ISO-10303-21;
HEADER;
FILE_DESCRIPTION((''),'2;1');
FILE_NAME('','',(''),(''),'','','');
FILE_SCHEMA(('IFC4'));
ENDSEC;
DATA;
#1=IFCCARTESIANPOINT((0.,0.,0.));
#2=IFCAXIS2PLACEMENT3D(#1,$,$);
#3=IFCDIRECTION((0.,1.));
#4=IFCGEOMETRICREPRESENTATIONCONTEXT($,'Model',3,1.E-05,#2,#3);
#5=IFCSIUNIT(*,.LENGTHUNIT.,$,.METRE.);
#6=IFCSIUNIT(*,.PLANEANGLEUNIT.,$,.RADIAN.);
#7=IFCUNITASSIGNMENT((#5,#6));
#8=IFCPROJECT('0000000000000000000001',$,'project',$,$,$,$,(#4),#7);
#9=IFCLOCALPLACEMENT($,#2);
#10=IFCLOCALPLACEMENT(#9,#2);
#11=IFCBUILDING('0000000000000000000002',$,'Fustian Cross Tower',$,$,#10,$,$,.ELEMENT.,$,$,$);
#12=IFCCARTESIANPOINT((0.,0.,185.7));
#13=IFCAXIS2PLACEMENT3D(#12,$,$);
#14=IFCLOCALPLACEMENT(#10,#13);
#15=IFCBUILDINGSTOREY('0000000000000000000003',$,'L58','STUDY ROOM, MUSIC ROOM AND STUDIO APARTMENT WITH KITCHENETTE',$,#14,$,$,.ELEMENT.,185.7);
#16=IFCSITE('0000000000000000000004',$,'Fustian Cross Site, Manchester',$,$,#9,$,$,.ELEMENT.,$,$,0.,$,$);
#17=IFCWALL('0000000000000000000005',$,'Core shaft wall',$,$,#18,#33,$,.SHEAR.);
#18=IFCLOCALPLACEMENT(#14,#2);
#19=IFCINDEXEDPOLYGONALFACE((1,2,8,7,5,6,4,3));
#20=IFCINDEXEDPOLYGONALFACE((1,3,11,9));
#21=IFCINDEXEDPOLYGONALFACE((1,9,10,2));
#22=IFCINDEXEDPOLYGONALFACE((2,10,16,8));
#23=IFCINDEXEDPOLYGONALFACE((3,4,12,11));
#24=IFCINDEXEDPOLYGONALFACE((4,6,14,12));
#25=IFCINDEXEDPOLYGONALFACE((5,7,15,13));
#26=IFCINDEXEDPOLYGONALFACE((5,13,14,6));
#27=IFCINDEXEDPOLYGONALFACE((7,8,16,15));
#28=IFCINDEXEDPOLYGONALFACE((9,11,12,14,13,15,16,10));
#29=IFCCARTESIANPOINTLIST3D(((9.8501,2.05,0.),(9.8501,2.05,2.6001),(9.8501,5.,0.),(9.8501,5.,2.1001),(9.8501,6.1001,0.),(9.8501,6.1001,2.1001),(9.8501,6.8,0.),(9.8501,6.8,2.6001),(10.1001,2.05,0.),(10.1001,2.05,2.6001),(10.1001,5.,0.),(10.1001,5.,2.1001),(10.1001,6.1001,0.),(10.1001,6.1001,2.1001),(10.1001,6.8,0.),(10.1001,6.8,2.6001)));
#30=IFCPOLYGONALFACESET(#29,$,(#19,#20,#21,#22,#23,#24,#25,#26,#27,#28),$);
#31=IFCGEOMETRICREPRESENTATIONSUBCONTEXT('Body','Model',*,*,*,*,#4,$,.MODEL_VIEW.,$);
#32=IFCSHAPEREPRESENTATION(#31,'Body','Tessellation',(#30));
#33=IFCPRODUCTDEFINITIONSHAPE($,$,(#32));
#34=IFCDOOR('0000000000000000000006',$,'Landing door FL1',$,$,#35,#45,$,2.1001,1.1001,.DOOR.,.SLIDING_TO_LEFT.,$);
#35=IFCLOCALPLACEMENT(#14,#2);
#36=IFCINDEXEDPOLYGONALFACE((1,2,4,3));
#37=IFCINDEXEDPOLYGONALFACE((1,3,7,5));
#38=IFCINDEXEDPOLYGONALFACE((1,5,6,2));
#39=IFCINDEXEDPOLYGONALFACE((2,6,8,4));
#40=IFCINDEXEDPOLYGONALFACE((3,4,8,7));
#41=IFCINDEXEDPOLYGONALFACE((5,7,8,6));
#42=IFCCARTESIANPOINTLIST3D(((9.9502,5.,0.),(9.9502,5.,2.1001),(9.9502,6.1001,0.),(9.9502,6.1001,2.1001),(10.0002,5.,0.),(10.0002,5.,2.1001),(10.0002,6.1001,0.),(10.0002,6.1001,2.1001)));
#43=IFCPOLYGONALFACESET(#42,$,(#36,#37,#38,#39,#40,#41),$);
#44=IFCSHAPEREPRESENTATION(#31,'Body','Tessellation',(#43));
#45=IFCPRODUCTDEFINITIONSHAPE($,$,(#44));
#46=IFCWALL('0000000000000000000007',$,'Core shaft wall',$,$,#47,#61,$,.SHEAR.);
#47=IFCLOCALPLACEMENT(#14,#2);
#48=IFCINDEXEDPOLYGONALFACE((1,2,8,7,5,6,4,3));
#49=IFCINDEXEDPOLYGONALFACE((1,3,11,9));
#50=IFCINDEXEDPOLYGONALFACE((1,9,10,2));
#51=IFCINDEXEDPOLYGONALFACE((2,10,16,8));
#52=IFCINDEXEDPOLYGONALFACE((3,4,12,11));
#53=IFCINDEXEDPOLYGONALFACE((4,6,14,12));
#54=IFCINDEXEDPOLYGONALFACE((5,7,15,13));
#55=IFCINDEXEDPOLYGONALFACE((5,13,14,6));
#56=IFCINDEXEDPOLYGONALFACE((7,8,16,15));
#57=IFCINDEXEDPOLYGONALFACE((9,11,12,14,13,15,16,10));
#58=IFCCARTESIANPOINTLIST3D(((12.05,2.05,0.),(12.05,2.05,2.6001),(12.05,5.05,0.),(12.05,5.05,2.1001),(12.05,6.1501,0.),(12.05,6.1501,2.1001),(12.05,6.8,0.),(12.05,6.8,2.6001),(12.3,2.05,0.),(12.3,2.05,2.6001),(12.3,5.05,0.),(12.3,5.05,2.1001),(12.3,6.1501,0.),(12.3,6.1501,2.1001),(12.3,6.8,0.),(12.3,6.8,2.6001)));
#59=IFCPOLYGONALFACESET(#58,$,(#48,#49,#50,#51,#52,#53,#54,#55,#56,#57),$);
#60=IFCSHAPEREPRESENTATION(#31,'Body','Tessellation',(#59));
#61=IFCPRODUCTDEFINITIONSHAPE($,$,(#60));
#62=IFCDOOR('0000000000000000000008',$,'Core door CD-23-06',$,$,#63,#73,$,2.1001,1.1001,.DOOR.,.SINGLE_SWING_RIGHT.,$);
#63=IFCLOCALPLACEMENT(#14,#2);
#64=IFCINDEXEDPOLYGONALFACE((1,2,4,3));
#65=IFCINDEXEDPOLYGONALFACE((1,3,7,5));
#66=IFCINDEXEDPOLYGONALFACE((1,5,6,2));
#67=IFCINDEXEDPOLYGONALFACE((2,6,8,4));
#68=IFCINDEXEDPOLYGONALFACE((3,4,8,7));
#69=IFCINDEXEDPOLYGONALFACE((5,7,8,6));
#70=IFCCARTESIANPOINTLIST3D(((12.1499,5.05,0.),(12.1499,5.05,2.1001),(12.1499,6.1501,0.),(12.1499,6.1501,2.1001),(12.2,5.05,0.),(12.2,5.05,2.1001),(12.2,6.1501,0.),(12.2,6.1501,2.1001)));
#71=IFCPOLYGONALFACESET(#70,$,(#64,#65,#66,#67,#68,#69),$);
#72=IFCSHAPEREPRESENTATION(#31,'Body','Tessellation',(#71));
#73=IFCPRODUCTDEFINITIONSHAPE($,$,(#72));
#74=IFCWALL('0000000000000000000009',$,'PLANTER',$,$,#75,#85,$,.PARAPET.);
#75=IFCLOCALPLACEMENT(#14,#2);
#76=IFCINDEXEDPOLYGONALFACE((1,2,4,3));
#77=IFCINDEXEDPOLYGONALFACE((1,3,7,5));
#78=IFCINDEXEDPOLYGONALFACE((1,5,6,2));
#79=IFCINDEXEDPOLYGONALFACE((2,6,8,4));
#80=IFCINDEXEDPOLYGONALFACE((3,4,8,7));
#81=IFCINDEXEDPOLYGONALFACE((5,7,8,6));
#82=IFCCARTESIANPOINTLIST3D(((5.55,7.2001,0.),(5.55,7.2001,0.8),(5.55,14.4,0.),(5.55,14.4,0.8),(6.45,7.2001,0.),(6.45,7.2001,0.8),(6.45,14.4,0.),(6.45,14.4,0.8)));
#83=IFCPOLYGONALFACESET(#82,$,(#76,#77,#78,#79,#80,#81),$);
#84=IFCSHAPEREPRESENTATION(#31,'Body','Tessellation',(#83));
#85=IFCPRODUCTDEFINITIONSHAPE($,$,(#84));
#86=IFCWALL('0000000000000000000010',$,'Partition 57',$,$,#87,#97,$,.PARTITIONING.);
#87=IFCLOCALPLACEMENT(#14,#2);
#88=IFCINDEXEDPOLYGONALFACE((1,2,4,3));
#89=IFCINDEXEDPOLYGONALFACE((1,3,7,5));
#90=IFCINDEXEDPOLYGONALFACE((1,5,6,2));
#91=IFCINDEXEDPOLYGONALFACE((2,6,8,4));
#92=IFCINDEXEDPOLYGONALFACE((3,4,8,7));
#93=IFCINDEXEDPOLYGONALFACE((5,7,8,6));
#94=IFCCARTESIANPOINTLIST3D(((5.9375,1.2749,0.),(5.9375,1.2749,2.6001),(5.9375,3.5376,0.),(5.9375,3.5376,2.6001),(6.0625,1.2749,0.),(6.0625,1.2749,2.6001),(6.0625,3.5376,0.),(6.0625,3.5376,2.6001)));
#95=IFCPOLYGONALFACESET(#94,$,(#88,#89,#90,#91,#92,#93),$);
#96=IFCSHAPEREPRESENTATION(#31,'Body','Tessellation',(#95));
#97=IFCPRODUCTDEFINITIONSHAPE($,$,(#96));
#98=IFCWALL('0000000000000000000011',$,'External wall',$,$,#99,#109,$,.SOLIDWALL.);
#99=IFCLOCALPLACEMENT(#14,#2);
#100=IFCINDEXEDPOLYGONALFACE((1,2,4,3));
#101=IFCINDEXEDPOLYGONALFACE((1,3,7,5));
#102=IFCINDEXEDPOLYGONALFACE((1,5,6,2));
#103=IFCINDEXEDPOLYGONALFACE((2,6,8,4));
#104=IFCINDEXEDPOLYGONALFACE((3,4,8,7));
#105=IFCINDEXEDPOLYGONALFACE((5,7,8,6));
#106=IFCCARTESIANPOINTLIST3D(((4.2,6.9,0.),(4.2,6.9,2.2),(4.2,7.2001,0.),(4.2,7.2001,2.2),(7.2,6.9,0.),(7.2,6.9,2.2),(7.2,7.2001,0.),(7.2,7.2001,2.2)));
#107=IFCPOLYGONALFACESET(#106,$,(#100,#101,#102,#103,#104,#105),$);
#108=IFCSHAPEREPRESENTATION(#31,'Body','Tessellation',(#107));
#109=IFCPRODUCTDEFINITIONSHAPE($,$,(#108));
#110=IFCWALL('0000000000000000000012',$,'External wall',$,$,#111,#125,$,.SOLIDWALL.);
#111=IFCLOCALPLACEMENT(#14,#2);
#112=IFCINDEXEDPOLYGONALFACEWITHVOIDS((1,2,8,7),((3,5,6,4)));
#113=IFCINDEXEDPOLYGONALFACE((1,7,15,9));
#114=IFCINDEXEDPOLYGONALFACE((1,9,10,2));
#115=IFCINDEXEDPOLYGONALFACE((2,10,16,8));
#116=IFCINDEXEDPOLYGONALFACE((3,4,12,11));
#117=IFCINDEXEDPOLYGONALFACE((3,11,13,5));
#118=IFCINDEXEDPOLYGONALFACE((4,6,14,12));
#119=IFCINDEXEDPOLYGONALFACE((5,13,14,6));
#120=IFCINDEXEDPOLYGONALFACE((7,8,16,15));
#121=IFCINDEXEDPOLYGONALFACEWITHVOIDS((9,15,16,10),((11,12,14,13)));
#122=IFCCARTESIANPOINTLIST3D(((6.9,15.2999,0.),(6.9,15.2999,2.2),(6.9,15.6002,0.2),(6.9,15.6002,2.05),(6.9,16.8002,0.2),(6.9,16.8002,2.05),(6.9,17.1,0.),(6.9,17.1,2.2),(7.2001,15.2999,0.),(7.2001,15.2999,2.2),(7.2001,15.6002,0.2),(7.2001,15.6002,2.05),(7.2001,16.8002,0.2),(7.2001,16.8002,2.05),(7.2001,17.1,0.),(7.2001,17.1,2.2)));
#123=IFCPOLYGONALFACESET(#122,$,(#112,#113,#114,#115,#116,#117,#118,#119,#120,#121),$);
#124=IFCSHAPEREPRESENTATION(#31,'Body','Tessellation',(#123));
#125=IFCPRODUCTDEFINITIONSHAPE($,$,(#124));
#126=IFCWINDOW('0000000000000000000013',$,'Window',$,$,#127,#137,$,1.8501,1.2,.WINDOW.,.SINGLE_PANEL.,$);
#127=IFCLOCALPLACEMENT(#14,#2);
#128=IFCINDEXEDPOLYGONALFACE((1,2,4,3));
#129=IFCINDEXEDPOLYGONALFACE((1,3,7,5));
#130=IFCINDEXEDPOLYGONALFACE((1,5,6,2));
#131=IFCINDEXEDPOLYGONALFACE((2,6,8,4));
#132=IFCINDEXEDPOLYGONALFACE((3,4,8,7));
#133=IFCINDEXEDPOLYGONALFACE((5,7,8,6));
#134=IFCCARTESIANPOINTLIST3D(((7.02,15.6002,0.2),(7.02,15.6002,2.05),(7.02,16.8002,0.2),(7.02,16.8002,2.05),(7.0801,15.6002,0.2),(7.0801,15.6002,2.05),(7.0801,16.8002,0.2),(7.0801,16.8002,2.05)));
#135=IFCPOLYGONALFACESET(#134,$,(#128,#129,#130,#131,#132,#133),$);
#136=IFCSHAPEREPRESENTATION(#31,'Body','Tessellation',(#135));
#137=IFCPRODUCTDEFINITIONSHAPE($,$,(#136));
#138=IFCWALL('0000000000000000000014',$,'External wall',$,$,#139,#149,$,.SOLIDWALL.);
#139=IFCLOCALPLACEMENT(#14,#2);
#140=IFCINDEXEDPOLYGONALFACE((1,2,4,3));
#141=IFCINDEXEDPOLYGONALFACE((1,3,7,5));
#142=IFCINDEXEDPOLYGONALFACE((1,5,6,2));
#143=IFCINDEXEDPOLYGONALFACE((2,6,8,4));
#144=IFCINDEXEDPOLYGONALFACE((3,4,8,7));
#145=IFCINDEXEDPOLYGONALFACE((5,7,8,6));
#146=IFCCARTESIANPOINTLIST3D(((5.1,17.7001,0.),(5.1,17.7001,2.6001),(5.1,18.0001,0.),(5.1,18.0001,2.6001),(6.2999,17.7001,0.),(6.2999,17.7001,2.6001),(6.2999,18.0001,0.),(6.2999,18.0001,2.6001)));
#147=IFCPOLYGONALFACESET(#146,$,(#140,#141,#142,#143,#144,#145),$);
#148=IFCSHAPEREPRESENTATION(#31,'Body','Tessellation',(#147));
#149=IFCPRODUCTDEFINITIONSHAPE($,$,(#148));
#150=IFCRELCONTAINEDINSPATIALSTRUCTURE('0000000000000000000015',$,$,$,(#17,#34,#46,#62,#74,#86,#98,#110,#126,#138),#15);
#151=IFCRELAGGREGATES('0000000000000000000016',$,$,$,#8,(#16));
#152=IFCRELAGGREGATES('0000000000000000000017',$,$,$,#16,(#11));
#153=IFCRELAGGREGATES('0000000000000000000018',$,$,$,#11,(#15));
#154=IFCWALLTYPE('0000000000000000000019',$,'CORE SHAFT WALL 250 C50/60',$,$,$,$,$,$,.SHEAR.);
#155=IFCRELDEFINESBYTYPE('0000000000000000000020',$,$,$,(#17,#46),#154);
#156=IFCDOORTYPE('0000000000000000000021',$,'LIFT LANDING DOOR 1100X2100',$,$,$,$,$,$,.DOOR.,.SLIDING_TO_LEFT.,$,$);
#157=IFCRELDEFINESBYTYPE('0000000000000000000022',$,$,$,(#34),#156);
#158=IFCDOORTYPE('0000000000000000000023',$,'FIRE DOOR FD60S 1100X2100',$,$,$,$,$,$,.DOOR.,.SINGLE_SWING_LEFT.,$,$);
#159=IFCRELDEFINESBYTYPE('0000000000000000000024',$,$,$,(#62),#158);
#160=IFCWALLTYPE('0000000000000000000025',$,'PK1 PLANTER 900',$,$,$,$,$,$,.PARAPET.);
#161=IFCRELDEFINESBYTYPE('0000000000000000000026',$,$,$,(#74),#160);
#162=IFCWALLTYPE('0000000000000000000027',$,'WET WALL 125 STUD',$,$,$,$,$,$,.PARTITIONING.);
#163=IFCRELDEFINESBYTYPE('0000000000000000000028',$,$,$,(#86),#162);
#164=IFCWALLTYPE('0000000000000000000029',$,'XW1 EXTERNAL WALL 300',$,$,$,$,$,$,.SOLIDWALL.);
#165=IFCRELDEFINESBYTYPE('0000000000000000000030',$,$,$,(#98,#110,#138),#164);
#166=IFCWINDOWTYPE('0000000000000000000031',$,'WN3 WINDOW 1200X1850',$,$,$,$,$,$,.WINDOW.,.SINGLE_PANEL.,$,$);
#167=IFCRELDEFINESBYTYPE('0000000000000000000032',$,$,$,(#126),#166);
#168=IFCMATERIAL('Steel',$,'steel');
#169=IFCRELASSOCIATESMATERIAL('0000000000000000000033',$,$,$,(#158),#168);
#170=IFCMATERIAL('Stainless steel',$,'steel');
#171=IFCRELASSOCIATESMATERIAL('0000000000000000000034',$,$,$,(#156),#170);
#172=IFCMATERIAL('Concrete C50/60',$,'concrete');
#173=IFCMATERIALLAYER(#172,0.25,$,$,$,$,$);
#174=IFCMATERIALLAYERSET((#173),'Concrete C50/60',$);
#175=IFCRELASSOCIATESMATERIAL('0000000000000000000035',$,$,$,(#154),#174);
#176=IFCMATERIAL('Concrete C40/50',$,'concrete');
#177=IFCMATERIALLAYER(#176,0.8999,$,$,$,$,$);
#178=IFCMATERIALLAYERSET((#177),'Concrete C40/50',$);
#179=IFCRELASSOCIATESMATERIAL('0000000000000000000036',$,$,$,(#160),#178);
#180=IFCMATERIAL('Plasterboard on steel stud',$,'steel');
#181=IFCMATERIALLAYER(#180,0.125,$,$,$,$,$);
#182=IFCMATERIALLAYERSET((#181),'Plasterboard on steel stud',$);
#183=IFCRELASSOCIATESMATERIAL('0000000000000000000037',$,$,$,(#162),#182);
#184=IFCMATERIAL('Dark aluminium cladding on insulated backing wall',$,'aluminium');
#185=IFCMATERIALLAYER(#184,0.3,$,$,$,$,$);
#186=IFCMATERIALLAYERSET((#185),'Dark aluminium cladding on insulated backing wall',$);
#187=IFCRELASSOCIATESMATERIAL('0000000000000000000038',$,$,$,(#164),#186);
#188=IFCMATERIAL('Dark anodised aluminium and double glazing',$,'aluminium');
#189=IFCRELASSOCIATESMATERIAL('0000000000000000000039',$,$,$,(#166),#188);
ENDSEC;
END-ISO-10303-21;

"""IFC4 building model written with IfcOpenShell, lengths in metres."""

from ifc_helpers import new_model, si_unit, direction, frame, frame_2d, origin, place, context, subcontext, project, spatial, rectangle, extrude, material, layer, layer_set, type_object, element, fill, save


model = new_model("IFC4")

# Units and contexts
model_context = context("Model", 3, precision=1e-05, world=origin(), true_north=direction((0.0, 1.0)))
body_context = subcontext(model_context, "Body", "Model", "MODEL_VIEW")
ifc_project = project(units=[si_unit("LENGTHUNIT", "METRE"), si_unit("PLANEANGLEUNIT", "RADIAN")], contexts=[model_context])

# Site, building, storey
site_placement = place(None, origin())
site = spatial("IfcSite", under=ifc_project, at=site_placement, Name="Fustian Cross Site, Manchester", CompositionType="ELEMENT", RefElevation=0.0)
building_placement = place(site_placement, origin())
building = spatial("IfcBuilding", under=site, at=building_placement, Name="Fustian Cross Tower", CompositionType="ELEMENT")
storey_placement = place(building_placement, frame((0.0, 0.0, 185.7)))
storey = spatial("IfcBuildingStorey", under=building, at=storey_placement, Name="L58", Description="STUDY ROOM, MUSIC ROOM AND STUDIO APARTMENT WITH KITCHENETTE", CompositionType="ELEMENT", Elevation=185.7)

# Shared definitions
ifc_material_1 = material(Name="Steel", Category="steel")
door_type_1 = type_object("IfcDoorType", Name="FIRE DOOR FD60S 1100X2100", OperationType="SINGLE_SWING_LEFT", PredefinedType="DOOR", material=ifc_material_1)
ifc_material_2 = material(Name="Stainless steel", Category="steel")
door_type_2 = type_object("IfcDoorType", Name="LIFT LANDING DOOR 1100X2100", OperationType="SLIDING_TO_LEFT", PredefinedType="DOOR", material=ifc_material_2)

# Shared definitions
ifc_material_3 = material(Name="Concrete C50/60", Category="concrete")
ifc_layer_1 = layer(ifc_material_3, 0.25)
ifc_layer_set_1 = layer_set([ifc_layer_1], Name="Concrete C50/60")
wall_type_1 = type_object("IfcWallType", Name="CORE SHAFT WALL 250 C50/60", PredefinedType="SHEAR", material=ifc_layer_set_1)

# Walls, openings, doors
wall_1_placement = place(storey_placement, frame((9.9751, 2.05, 0.0), z_axis=(0.0, 0.0, 1.0), x_axis=(0.0, 1.0, 0.0)))
wall_1 = element("IfcWall", 1, at=wall_1_placement, inside=storey, type_object=wall_type_1, Name="Core shaft wall", PredefinedType="SHEAR", context=body_context, shape_type="SweptSolid", body=[
    extrude(rectangle(XDim=4.75, YDim=0.25, at=frame_2d((2.375, 0.0))), origin(), (0.0, 0.0, 1.0), 2.6001),
])
opening_1_placement = place(wall_1_placement, frame((2.95, 0.0, 0.0)))
opening_1 = element("IfcOpeningElement", 2, at=opening_1_placement, cuts=wall_1, PredefinedType="OPENING", context=body_context, shape_type="SweptSolid", body=[
    extrude(rectangle(XDim=1.1001, YDim=2.1001, at=frame_2d((0.55, 1.05))), frame((0.0, 0.135, 0.0), z_axis=(0.0, -1.0, 0.0), x_axis=(1.0, 0.0, 0.0)), (0.0, 0.0, 1.0), 0.27),
])
door_1_placement = place(opening_1_placement, origin())
door_1 = element("IfcDoor", 3, at=door_1_placement, inside=storey, type_object=door_type_2, Name="Landing door FL1", OperationType="SLIDING_TO_LEFT", OverallHeight=2.1001, OverallWidth=1.1001, PredefinedType="DOOR", context=body_context, shape_type="SweptSolid", body=[
    extrude(rectangle(XDim=1.1001, YDim=2.1001, at=frame_2d((0.55, 1.05))), frame((0.0, 0.0249, 0.0), z_axis=(0.0, -1.0, 0.0), x_axis=(1.0, 0.0, 0.0)), (0.0, 0.0, 1.0), 0.05),
])
fill(opening_1, door_1)
wall_2_placement = place(storey_placement, frame((12.175, 2.05, 0.0), z_axis=(0.0, 0.0, 1.0), x_axis=(0.0, 1.0, 0.0)))
wall_2 = element("IfcWall", 4, at=wall_2_placement, inside=storey, type_object=wall_type_1, Name="Core shaft wall", PredefinedType="SHEAR", context=body_context, shape_type="SweptSolid", body=[
    extrude(rectangle(XDim=4.75, YDim=0.25, at=frame_2d((2.375, 0.0))), origin(), (0.0, 0.0, 1.0), 2.6001),
])
opening_2_placement = place(wall_2_placement, frame((3.0, 0.0, 0.0)))
opening_2 = element("IfcOpeningElement", 5, at=opening_2_placement, cuts=wall_2, PredefinedType="OPENING", context=body_context, shape_type="SweptSolid", body=[
    extrude(rectangle(XDim=1.1001, YDim=2.1001, at=frame_2d((0.55, 1.05))), frame((0.0, 0.135, 0.0), z_axis=(0.0, -1.0, 0.0), x_axis=(1.0, 0.0, 0.0)), (0.0, 0.0, 1.0), 0.27),
])
door_2_placement = place(opening_2_placement, frame((1.1001, 0.0, 0.0), z_axis=(0.0, 0.0, 1.0), x_axis=(-1.0, 0.0, 0.0)))
door_2 = element("IfcDoor", 6, at=door_2_placement, inside=storey, type_object=door_type_1, Name="Core door CD-23-06", OperationType="SINGLE_SWING_RIGHT", OverallHeight=2.1001, OverallWidth=1.1001, PredefinedType="DOOR", context=body_context, shape_type="SweptSolid", body=[
    extrude(rectangle(XDim=1.1001, YDim=2.1001, at=frame_2d((0.55, 1.05))), frame((0.0, 0.0249, 0.0), z_axis=(0.0, -1.0, 0.0), x_axis=(1.0, 0.0, 0.0)), (0.0, 0.0, 1.0), 0.05),
])
fill(opening_2, door_2)

# Walls
ifc_material_4 = material(Name="Concrete C40/50", Category="concrete")
ifc_layer_2 = layer(ifc_material_4, 0.8999)
ifc_layer_set_2 = layer_set([ifc_layer_2], Name="Concrete C40/50")
wall_type_2 = type_object("IfcWallType", Name="PK1 PLANTER 900", PredefinedType="PARAPET", material=ifc_layer_set_2)
wall_3_placement = place(storey_placement, frame((6.0, 7.2, 0.0), z_axis=(0.0, 0.0, 1.0), x_axis=(0.0, 1.0, 0.0)))
element("IfcWall", 7, at=wall_3_placement, inside=storey, type_object=wall_type_2, Name="PLANTER", PredefinedType="PARAPET", context=body_context, shape_type="SweptSolid", body=[
    extrude(rectangle(XDim=7.2, YDim=0.8999, at=frame_2d((3.6001, 0.0))), origin(), (0.0, 0.0, 1.0), 0.8),
])
ifc_material_5 = material(Name="Plasterboard on steel stud", Category="steel")
ifc_layer_3 = layer(ifc_material_5, 0.125)
ifc_layer_set_3 = layer_set([ifc_layer_3], Name="Plasterboard on steel stud")
wall_type_3 = type_object("IfcWallType", Name="WET WALL 125 STUD", PredefinedType="PARTITIONING", material=ifc_layer_set_3)
wall_4_placement = place(storey_placement, frame((6.0, 1.2749, 0.0), z_axis=(0.0, 0.0, 1.0), x_axis=(0.0, 1.0, 0.0)))
element("IfcWall", 8, at=wall_4_placement, inside=storey, type_object=wall_type_3, Name="Partition 57", PredefinedType="PARTITIONING", context=body_context, shape_type="SweptSolid", body=[
    extrude(rectangle(XDim=2.2627, YDim=0.125, at=frame_2d((1.1313, 0.0))), origin(), (0.0, 0.0, 1.0), 2.6001),
])
ifc_material_6 = material(Name="Dark aluminium cladding on insulated backing wall", Category="aluminium")
ifc_layer_4 = layer(ifc_material_6, 0.3)
ifc_layer_set_4 = layer_set([ifc_layer_4], Name="Dark aluminium cladding on insulated backing wall")
wall_type_4 = type_object("IfcWallType", Name="XW1 EXTERNAL WALL 300", PredefinedType="SOLIDWALL", material=ifc_layer_set_4)
wall_5_placement = place(storey_placement, frame((7.2, 7.05, 0.0), z_axis=(0.0, 0.0, 1.0), x_axis=(-1.0, 0.0, 0.0)))
element("IfcWall", 9, at=wall_5_placement, inside=storey, type_object=wall_type_4, Name="External wall", PredefinedType="SOLIDWALL", context=body_context, shape_type="SweptSolid", body=[
    extrude(rectangle(XDim=3.0, YDim=0.3, at=frame_2d((1.5, 0.0))), origin(), (0.0, 0.0, 1.0), 2.2),
])

# Wall, opening, window
wall_6_placement = place(storey_placement, frame((7.05, 15.3, 0.0), z_axis=(0.0, 0.0, 1.0), x_axis=(0.0, 1.0, 0.0)))
wall_6 = element("IfcWall", 10, at=wall_6_placement, inside=storey, type_object=wall_type_4, Name="External wall", PredefinedType="SOLIDWALL", context=body_context, shape_type="SweptSolid", body=[
    extrude(rectangle(XDim=1.8, YDim=0.3, at=frame_2d((0.8999, 0.0))), origin(), (0.0, 0.0, 1.0), 2.2),
])
opening_3_placement = place(wall_6_placement, frame((0.3, 0.0, 0.2)))
opening_3 = element("IfcOpeningElement", 11, at=opening_3_placement, cuts=wall_6, PredefinedType="OPENING", context=body_context, shape_type="SweptSolid", body=[
    extrude(rectangle(XDim=1.2, YDim=1.8501, at=frame_2d((0.6001, 0.925))), frame((0.0, 0.1599, 0.0), z_axis=(0.0, -1.0, 0.0), x_axis=(1.0, 0.0, 0.0)), (0.0, 0.0, 1.0), 0.3201),
])
ifc_material_7 = material(Name="Dark anodised aluminium and double glazing", Category="aluminium")
window_type = type_object("IfcWindowType", Name="WN3 WINDOW 1200X1850", PartitioningType="SINGLE_PANEL", PredefinedType="WINDOW", material=ifc_material_7)
window_placement = place(opening_3_placement, origin())
window = element("IfcWindow", 12, at=window_placement, inside=storey, type_object=window_type, Name="Window", OverallHeight=1.8501, OverallWidth=1.2, PartitioningType="SINGLE_PANEL", PredefinedType="WINDOW", context=body_context, shape_type="SweptSolid", body=[
    extrude(rectangle(XDim=1.2, YDim=1.8501, at=frame_2d((0.6001, 0.925))), frame((0.0, 0.03, 0.0), z_axis=(0.0, -1.0, 0.0), x_axis=(1.0, 0.0, 0.0)), (0.0, 0.0, 1.0), 0.0601),
])
fill(opening_3, window)

# Wall
wall_7_placement = place(storey_placement, frame((6.3, 17.8501, 0.0), z_axis=(0.0, 0.0, 1.0), x_axis=(-1.0, 0.0, 0.0)))
element("IfcWall", 13, at=wall_7_placement, inside=storey, type_object=wall_type_4, Name="External wall", PredefinedType="SOLIDWALL", context=body_context, shape_type="SweptSolid", body=[
    extrude(rectangle(XDim=1.2, YDim=0.3, at=frame_2d((0.6001, 0.0))), origin(), (0.0, 0.0, 1.0), 2.6001),
])

save(model, "model.ifc")
